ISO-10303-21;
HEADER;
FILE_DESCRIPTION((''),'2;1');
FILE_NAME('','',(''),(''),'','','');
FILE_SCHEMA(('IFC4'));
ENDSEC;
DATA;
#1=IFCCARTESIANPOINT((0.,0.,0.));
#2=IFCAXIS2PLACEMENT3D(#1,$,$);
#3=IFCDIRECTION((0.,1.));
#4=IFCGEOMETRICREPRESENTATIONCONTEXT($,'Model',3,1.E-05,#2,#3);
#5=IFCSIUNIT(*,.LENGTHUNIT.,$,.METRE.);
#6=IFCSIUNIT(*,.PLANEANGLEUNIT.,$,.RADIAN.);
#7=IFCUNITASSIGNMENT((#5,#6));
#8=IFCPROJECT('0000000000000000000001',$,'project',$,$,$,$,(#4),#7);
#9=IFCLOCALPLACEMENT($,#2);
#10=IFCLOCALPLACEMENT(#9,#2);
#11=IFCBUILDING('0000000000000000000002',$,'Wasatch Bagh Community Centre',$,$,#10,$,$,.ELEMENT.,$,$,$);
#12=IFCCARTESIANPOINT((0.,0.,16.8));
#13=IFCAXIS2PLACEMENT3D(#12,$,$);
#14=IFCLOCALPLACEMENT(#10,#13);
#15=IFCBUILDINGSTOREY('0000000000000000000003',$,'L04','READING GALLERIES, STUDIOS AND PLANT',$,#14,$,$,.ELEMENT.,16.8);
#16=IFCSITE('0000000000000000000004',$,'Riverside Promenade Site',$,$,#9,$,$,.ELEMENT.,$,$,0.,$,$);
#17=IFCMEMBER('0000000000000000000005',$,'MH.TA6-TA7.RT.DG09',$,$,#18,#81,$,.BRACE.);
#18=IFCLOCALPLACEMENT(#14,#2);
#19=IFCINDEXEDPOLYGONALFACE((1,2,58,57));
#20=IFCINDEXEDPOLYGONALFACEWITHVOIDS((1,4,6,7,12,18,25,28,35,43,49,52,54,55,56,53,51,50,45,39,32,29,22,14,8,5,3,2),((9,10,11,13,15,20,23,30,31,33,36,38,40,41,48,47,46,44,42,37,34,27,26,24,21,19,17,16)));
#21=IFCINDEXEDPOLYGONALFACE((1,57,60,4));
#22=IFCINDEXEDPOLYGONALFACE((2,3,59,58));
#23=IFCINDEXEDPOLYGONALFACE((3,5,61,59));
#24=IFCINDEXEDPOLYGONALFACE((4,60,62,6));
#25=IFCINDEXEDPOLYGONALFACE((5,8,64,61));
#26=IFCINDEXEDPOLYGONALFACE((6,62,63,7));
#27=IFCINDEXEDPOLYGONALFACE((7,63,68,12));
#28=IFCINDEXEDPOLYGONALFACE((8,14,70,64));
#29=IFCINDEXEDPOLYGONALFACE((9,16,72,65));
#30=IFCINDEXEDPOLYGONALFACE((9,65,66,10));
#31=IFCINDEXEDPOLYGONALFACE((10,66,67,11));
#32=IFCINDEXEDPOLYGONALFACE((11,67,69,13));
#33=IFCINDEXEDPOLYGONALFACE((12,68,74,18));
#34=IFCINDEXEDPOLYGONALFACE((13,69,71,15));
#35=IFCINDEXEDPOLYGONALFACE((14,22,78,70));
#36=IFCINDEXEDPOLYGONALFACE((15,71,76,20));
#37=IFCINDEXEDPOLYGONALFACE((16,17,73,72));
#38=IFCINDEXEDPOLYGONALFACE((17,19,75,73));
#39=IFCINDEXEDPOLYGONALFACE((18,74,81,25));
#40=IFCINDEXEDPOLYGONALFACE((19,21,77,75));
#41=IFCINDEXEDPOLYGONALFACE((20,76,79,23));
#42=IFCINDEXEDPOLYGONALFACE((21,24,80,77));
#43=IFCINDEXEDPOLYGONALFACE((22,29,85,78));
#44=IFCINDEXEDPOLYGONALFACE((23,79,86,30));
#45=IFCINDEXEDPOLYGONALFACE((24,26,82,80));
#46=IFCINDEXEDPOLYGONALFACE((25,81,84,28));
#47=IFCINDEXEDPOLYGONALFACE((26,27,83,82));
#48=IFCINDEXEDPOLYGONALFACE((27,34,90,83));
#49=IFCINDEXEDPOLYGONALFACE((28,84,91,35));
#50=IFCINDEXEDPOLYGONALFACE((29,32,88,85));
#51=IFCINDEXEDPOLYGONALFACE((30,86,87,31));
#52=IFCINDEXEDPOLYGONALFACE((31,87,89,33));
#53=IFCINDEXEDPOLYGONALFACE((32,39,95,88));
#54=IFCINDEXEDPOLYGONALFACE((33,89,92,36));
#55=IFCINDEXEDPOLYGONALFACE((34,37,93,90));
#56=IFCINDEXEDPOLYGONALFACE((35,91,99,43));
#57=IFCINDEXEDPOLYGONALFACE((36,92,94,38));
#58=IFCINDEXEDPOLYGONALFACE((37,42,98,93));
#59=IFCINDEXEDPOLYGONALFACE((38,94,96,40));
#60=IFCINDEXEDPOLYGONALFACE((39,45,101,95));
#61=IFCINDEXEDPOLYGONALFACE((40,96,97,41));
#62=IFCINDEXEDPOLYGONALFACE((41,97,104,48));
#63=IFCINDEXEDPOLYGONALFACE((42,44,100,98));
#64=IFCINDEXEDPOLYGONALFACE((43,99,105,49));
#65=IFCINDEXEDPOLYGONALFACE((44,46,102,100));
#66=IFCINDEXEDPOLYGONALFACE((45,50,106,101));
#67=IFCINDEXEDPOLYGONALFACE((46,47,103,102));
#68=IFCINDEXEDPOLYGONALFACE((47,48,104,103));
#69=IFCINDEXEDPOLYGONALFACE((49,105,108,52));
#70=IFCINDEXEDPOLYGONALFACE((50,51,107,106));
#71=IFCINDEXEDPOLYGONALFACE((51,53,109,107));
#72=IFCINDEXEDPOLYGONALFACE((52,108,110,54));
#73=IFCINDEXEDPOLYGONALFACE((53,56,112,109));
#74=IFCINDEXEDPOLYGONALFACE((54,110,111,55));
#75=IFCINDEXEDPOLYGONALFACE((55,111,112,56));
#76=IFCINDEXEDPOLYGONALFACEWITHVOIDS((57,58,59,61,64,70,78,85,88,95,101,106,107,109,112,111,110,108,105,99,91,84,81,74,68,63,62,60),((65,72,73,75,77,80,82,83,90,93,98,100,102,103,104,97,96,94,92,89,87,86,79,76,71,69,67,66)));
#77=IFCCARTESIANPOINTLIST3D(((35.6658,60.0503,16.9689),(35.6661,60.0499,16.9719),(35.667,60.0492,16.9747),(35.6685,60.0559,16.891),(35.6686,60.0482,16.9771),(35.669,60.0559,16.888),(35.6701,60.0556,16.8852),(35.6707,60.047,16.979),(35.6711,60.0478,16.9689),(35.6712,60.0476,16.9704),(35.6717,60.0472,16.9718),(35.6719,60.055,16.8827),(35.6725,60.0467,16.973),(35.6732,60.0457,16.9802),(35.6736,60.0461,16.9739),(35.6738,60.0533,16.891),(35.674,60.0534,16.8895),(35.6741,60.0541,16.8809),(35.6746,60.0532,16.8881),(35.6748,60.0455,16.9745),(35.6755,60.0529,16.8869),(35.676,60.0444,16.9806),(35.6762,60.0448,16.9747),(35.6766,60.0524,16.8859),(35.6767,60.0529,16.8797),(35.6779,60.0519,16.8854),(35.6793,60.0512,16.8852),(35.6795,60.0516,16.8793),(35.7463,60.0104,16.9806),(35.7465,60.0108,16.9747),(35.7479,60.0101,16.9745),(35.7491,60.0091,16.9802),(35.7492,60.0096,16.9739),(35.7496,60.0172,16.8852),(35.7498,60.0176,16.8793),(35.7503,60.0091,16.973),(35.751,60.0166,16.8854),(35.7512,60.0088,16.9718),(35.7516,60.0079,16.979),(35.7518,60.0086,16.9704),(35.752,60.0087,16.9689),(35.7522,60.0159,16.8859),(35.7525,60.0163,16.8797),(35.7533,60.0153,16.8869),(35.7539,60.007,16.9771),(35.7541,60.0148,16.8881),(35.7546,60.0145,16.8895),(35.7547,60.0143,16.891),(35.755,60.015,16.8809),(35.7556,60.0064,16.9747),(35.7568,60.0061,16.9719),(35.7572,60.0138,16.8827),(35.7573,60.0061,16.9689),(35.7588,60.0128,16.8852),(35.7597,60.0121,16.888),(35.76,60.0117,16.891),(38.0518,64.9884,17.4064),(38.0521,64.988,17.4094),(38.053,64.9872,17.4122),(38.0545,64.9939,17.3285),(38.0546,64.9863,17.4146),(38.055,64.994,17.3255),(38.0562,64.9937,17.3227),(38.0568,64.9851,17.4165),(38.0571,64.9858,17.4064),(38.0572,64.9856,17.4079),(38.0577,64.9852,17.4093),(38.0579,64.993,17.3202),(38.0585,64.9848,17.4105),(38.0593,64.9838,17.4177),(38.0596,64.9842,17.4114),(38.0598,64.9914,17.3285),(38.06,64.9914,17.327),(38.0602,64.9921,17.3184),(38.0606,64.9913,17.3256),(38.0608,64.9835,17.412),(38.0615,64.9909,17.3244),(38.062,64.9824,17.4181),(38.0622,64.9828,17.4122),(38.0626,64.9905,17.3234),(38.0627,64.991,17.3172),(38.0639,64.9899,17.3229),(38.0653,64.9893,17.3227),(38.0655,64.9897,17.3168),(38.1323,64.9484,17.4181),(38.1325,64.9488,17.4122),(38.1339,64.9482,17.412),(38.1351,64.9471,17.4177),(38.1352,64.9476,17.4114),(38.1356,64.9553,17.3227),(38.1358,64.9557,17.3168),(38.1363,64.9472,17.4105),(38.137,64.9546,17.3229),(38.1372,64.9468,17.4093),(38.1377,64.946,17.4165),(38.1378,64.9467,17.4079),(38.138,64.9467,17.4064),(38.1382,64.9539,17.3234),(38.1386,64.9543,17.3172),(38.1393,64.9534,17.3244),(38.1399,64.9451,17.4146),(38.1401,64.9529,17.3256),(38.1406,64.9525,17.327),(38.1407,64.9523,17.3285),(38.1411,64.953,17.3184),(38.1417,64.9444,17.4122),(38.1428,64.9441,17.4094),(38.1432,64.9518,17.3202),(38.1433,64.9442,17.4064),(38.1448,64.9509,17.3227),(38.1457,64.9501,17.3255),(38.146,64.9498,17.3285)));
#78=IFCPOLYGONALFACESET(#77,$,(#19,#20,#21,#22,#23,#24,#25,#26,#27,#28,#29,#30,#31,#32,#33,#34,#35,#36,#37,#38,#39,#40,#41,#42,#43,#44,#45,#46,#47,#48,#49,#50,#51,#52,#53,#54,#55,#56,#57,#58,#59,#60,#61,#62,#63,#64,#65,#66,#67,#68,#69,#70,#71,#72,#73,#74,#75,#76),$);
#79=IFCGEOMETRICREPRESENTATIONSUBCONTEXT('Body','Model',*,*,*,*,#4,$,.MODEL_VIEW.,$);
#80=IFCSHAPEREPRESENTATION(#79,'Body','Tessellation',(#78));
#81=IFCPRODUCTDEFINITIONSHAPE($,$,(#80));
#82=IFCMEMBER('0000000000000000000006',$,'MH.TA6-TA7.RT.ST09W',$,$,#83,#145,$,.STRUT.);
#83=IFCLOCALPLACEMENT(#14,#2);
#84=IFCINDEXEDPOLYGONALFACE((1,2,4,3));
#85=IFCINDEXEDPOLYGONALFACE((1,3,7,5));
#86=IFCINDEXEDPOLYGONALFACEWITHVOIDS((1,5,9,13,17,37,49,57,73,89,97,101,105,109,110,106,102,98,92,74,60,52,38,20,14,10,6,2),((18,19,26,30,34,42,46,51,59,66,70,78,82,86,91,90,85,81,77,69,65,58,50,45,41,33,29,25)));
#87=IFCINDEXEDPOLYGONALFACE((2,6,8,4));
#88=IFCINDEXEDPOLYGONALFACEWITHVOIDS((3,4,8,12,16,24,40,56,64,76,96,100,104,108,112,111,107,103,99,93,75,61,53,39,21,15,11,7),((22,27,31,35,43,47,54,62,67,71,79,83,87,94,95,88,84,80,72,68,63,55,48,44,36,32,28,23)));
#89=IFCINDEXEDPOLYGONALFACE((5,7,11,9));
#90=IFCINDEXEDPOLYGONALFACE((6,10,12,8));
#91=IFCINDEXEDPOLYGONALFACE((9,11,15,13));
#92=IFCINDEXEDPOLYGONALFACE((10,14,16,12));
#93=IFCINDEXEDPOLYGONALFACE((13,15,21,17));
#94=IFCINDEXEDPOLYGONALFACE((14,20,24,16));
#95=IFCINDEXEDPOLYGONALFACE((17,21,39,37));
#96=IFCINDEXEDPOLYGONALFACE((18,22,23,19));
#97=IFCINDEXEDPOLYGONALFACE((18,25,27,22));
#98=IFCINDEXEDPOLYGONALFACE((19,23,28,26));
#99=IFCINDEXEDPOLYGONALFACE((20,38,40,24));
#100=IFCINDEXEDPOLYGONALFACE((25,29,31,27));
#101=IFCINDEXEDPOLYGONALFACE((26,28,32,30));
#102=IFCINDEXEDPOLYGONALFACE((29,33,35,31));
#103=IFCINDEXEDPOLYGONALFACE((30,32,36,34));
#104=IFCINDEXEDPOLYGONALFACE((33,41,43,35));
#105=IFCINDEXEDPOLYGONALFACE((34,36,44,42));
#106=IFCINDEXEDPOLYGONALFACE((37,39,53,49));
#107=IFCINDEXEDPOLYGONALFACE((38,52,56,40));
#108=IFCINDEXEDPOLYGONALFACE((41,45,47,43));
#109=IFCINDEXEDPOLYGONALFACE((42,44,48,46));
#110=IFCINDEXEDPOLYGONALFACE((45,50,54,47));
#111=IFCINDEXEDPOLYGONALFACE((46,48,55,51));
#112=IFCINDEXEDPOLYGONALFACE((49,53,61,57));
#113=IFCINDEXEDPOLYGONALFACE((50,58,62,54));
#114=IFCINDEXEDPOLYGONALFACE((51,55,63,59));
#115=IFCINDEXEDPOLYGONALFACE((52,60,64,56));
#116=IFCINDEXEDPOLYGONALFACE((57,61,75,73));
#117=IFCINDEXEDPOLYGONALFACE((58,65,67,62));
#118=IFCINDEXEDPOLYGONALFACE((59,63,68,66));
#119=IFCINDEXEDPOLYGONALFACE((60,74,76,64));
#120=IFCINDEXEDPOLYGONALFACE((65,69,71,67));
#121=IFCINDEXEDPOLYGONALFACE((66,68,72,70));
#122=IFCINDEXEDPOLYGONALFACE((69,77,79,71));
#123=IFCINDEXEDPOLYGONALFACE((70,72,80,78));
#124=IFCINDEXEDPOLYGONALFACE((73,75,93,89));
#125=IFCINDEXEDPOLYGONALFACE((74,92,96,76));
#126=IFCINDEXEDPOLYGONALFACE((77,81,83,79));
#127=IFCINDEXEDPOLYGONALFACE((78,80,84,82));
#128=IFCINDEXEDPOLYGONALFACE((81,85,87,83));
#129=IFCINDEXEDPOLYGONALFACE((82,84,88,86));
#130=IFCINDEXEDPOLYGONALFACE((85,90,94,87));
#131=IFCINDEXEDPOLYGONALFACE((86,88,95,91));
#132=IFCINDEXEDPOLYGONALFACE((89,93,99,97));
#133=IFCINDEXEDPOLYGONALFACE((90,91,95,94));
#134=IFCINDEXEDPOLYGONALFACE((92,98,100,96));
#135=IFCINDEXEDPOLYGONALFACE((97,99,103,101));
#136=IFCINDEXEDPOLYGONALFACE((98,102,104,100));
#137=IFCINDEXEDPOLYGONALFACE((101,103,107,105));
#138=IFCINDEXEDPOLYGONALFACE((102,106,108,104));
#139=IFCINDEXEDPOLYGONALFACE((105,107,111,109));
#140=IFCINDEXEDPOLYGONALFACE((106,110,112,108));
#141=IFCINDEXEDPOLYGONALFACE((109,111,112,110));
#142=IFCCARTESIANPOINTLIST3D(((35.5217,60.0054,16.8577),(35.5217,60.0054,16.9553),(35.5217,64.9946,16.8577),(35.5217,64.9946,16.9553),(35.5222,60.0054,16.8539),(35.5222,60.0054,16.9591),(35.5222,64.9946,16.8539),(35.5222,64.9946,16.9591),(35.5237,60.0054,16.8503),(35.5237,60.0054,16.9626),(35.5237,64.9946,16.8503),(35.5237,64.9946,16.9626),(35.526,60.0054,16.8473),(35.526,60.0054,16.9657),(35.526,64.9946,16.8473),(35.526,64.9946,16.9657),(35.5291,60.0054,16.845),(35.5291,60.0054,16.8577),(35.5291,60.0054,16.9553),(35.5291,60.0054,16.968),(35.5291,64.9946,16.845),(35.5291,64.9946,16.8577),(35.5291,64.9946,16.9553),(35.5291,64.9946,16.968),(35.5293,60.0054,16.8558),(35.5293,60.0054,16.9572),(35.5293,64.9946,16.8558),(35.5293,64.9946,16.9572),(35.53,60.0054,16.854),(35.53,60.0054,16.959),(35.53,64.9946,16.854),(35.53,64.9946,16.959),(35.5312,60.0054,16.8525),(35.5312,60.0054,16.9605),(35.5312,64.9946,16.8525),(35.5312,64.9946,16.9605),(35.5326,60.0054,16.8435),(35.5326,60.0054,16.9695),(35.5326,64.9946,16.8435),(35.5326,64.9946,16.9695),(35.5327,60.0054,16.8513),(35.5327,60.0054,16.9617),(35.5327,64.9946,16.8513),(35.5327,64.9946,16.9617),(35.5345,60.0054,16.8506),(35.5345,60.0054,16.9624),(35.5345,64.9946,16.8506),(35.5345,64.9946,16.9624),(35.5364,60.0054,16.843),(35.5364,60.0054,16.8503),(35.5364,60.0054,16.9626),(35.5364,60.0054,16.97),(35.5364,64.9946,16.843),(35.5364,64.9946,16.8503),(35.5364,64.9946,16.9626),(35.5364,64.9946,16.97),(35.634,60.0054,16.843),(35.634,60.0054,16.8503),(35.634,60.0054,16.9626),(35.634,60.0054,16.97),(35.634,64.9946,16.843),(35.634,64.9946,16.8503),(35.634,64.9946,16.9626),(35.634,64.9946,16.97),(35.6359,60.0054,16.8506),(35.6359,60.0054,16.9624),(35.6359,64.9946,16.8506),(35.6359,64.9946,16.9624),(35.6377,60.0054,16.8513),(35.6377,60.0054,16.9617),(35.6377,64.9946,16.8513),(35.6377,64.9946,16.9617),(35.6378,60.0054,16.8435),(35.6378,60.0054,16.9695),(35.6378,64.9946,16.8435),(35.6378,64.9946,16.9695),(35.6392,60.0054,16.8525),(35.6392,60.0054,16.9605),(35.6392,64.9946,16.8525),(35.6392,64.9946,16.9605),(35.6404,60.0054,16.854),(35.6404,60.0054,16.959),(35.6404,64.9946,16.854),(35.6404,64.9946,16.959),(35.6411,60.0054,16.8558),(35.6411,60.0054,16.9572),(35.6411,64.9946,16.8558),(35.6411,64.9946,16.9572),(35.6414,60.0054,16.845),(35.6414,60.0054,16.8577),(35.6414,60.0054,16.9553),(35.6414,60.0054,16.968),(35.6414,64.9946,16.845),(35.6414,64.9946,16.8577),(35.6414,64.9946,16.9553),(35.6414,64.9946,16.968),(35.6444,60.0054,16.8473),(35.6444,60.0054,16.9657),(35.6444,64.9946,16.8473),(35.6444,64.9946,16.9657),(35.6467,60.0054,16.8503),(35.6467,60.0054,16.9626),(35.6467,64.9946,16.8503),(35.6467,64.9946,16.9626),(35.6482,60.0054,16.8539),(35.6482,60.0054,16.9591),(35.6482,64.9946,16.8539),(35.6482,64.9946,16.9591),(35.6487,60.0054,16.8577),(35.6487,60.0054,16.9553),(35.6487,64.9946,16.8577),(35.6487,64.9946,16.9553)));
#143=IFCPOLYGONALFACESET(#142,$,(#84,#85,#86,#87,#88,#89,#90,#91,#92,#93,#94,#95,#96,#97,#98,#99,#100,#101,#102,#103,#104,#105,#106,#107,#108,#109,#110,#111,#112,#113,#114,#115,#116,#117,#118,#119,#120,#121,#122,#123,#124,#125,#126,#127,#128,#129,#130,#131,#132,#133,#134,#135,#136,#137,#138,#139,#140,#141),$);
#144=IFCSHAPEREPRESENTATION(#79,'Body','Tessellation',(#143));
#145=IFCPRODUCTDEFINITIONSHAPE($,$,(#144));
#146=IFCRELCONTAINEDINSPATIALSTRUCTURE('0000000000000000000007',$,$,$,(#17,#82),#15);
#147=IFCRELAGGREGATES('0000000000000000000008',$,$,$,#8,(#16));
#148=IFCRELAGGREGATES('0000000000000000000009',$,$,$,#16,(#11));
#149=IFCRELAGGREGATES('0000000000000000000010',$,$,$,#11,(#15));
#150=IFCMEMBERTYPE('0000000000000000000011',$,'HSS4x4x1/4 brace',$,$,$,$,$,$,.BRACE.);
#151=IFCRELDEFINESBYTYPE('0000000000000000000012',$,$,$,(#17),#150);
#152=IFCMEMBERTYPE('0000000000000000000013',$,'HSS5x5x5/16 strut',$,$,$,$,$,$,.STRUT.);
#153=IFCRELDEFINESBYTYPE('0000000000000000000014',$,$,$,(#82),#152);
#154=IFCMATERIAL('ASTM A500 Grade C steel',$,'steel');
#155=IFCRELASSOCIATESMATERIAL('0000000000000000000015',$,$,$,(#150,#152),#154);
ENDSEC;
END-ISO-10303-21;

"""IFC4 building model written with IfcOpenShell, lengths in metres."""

from ifc_helpers import new_model, si_unit, direction, frame, origin, origin_2d, place, context, subcontext, project, spatial, hollow_rectangle, extrude, material, material_profile, profile_set, type_object, element, save


model = new_model("IFC4")

# Units and contexts
model_context = context("Model", 3, precision=1e-05, world=origin(), true_north=direction((0.0, 1.0)))
body_context = subcontext(model_context, "Body", "Model", "MODEL_VIEW")
ifc_project = project(units=[si_unit("LENGTHUNIT", "METRE"), si_unit("PLANEANGLEUNIT", "RADIAN")], contexts=[model_context])

# Site, building, storey
site_placement = place(None, origin())
site = spatial("IfcSite", under=ifc_project, at=site_placement, Name="Riverside Promenade Site", CompositionType="ELEMENT", RefElevation=0.0)
building_placement = place(site_placement, origin())
building = spatial("IfcBuilding", under=site, at=building_placement, Name="Wasatch Bagh Community Centre", CompositionType="ELEMENT")
storey_placement = place(building_placement, frame((0.0, 0.0, 16.8)))
storey = spatial("IfcBuildingStorey", under=building, at=storey_placement, Name="L04", Description="READING GALLERIES, STUDIOS AND PLANT", CompositionType="ELEMENT", Elevation=16.8)

# Members
ifc_material_1 = material(Name="ASTM A500 Grade C steel", Category="steel")
ifc_material_profile_1 = material_profile(ifc_material_1, hollow_rectangle(XDim=0.1016, YDim=0.1016, WallThickness=0.0059, InnerFilletRadius=0.0059, OuterFilletRadius=0.0117, at=origin_2d()), Name="HSS4x4x1/4")
ifc_profile_set_1 = profile_set([ifc_material_profile_1], Name="ASTM A500 Grade C steel")
member_type_1 = type_object("IfcMemberType", Name="HSS4x4x1/4 brace", PredefinedType="BRACE", material=ifc_profile_set_1)
member_1_placement = place(storey_placement, frame((35.7129, 60.031, 16.9299), z_axis=(0.433686, 0.897548, 0.079522), x_axis=(-0.9004, 0.435064, 0.0)))
element("IfcMember", 1, at=member_1_placement, inside=storey, type_object=member_type_1, Name="MH.TA6-TA7.RT.DG09", PredefinedType="BRACE", context=body_context, shape_type="SweptSolid", body=[
    extrude(hollow_rectangle(XDim=0.1016, YDim=0.1016, WallThickness=0.0059, InnerFilletRadius=0.0059, OuterFilletRadius=0.0117, at=origin_2d()), origin(), (0.0, 0.0, 1.0), 5.5017),
])
ifc_material_profile_2 = material_profile(ifc_material_1, hollow_rectangle(XDim=0.127, YDim=0.127, WallThickness=0.0073, InnerFilletRadius=0.0073, OuterFilletRadius=0.0146, at=origin_2d()), Name="HSS5x5x5/16")
ifc_profile_set_2 = profile_set([ifc_material_profile_2], Name="ASTM A500 Grade C steel")
member_type_2 = type_object("IfcMemberType", Name="HSS5x5x5/16 strut", PredefinedType="STRUT", material=ifc_profile_set_2)
for number, where, z_axis, x_axis, name in (
    (2, (35.5852, 60.0054, 16.9065), (0.0, 1.0, 0.0), (-1.0, 0.0, 0.0), "MH.TA6-TA7.RT.ST09W"),
):
    element("IfcMember", number, at=place(storey_placement, frame(where, z_axis=z_axis, x_axis=x_axis)), inside=storey, type_object=member_type_2, Name=name, PredefinedType="STRUT", context=body_context, shape_type="SweptSolid", body=[
        extrude(hollow_rectangle(XDim=0.127, YDim=0.127, WallThickness=0.0073, InnerFilletRadius=0.0073, OuterFilletRadius=0.0146, at=origin_2d()), origin(), (0.0, 0.0, 1.0), 4.9893),
    ])

save(model, "model.ifc")
